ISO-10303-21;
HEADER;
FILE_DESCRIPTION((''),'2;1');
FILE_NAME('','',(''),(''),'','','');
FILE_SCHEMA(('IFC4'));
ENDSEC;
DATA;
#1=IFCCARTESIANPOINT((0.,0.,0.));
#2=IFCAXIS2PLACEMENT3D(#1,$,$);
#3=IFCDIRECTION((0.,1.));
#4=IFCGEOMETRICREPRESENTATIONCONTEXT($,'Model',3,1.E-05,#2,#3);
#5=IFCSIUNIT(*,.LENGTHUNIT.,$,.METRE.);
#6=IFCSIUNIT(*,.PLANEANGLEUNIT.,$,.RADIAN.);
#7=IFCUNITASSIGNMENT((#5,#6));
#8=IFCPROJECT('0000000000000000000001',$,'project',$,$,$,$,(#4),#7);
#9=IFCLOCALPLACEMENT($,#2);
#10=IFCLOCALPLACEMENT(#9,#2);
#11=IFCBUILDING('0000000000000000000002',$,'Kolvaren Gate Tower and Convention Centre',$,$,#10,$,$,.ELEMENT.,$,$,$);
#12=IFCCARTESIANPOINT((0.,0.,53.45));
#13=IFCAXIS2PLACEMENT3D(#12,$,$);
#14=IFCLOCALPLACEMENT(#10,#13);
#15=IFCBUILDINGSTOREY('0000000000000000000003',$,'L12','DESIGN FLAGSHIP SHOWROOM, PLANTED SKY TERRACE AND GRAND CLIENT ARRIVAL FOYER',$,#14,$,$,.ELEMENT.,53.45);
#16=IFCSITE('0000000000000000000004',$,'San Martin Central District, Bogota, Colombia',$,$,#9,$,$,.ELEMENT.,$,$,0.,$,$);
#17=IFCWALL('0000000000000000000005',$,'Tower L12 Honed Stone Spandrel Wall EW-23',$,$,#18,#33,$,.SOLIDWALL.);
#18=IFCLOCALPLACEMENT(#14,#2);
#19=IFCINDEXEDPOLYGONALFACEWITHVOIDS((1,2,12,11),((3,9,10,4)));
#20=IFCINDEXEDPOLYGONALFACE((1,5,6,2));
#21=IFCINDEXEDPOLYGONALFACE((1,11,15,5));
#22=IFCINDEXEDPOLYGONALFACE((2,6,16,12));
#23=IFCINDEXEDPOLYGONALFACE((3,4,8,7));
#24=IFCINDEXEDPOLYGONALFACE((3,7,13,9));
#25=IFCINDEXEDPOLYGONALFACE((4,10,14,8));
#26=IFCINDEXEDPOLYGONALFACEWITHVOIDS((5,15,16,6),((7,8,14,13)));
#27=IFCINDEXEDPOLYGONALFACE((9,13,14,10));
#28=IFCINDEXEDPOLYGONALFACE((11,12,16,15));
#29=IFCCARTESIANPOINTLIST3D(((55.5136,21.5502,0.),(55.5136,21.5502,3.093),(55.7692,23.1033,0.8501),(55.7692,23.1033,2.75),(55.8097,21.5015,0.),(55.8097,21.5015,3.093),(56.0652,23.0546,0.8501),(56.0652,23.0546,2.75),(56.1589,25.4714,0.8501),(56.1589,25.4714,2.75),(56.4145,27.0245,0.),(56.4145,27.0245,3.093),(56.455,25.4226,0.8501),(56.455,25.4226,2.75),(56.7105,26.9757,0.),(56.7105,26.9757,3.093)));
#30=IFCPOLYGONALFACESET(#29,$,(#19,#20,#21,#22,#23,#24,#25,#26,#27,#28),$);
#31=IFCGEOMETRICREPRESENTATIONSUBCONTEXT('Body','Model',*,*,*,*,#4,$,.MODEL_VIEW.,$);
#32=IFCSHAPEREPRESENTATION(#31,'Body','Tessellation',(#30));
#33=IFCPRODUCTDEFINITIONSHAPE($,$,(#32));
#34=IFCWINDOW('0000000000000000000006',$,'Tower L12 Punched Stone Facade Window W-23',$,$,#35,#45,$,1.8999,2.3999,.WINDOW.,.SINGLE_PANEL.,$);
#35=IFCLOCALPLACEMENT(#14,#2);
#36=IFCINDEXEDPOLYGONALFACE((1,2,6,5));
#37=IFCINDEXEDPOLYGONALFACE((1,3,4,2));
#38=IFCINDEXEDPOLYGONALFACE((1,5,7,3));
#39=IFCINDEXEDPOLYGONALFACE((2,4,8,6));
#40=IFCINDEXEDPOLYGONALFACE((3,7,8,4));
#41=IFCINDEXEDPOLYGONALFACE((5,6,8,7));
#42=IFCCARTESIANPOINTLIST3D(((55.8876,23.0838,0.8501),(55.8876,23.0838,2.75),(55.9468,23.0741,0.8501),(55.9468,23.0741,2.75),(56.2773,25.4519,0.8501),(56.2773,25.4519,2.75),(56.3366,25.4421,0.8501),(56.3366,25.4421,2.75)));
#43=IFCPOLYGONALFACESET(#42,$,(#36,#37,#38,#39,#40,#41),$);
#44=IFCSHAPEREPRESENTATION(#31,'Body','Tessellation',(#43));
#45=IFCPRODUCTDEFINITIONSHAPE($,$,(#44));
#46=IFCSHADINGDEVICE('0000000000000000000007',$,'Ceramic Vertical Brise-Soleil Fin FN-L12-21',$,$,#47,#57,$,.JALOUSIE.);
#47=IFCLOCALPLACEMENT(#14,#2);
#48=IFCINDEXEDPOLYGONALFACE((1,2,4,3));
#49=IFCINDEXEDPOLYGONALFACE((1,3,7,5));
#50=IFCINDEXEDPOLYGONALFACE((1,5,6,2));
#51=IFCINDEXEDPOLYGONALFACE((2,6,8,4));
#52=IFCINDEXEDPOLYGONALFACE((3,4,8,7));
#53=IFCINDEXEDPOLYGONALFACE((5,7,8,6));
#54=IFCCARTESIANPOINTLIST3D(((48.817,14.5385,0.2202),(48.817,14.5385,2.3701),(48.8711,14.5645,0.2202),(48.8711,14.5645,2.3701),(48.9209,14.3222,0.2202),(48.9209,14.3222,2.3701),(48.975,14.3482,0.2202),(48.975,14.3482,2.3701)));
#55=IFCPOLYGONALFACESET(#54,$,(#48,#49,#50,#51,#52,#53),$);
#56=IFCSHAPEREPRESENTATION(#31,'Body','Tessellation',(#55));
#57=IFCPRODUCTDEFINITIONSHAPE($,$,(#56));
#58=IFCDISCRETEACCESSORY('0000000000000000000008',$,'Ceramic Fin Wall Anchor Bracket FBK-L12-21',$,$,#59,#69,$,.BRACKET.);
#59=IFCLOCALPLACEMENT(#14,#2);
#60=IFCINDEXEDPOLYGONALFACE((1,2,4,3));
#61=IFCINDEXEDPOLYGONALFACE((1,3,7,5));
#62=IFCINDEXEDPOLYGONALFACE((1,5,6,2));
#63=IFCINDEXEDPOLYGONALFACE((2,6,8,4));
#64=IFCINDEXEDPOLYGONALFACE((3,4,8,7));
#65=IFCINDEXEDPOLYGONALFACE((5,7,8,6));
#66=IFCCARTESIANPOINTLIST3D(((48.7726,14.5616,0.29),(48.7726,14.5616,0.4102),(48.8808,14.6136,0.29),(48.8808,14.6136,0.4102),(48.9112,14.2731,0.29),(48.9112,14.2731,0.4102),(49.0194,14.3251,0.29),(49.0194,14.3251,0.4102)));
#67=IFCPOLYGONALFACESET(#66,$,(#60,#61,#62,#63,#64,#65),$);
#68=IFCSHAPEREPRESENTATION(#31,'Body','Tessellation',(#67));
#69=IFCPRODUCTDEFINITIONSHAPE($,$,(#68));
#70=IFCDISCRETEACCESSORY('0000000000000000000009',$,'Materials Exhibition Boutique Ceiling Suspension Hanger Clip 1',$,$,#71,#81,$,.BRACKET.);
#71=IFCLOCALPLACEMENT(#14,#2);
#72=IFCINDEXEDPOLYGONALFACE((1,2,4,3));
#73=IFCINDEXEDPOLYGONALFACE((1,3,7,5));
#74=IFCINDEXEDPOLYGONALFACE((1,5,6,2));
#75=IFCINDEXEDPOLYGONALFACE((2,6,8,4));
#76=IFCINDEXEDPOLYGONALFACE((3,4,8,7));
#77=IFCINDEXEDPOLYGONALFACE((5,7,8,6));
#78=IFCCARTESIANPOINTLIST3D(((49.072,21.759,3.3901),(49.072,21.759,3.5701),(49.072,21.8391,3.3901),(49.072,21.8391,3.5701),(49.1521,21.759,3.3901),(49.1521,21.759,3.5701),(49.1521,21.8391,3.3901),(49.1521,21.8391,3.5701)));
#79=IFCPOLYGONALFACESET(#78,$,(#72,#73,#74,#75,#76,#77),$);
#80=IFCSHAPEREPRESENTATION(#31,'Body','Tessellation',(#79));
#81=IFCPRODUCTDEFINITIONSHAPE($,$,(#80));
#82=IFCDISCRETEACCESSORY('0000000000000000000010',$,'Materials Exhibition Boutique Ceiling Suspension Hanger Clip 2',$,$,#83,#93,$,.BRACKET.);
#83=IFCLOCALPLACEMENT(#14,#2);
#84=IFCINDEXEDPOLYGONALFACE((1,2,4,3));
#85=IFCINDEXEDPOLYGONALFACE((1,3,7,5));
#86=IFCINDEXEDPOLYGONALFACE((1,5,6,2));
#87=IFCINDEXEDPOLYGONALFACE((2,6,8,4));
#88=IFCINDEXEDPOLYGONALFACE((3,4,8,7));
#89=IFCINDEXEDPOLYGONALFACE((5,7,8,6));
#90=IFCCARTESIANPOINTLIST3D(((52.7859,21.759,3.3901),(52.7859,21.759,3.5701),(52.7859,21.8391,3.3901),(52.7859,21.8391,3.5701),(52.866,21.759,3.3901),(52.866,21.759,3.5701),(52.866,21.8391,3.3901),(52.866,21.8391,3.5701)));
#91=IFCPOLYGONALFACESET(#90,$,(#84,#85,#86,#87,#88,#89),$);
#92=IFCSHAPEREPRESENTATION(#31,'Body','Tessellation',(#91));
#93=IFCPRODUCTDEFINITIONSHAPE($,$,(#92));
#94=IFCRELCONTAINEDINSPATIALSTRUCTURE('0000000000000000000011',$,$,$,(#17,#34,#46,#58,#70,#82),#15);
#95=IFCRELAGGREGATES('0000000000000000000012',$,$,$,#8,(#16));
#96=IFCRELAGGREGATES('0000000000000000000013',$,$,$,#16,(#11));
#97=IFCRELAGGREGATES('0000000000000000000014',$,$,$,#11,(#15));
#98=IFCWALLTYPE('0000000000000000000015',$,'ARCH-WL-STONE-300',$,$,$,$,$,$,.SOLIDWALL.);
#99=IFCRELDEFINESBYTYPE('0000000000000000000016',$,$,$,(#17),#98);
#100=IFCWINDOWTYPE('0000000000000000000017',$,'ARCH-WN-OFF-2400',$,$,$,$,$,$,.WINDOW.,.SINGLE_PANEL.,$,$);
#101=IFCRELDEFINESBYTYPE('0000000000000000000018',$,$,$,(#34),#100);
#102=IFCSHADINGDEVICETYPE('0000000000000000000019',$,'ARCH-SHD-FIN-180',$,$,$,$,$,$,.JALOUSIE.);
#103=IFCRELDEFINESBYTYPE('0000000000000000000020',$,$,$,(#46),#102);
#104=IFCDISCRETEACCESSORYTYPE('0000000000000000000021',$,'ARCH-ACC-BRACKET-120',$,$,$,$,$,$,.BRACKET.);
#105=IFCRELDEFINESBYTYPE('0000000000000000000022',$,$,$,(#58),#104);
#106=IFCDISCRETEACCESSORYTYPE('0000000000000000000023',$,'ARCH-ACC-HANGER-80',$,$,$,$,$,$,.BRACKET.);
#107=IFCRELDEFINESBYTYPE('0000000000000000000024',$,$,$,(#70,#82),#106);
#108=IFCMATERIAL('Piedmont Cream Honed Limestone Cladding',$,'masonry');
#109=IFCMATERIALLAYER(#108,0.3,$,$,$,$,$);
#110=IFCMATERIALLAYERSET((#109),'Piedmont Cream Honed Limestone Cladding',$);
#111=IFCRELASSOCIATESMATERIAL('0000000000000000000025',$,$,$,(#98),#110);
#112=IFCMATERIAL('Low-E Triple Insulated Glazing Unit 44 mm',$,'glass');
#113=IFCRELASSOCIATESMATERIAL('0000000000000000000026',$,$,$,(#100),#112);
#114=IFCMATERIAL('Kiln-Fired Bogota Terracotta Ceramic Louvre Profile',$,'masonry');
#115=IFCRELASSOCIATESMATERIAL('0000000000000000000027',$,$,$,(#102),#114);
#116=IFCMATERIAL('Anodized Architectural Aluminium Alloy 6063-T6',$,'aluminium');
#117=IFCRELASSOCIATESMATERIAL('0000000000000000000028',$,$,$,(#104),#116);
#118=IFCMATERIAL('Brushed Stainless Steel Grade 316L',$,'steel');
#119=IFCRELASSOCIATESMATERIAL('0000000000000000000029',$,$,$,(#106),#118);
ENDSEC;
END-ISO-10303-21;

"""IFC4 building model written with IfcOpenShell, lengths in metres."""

from ifc_helpers import new_model, si_unit, direction, frame, frame_2d, origin, origin_2d, place, context, subcontext, project, spatial, rectangle, extrude, material, layer, layer_set, type_object, element, fill, save


model = new_model("IFC4")

# Units and contexts
model_context = context("Model", 3, precision=1e-05, world=origin(), true_north=direction((0.0, 1.0)))
body_context = subcontext(model_context, "Body", "Model", "MODEL_VIEW")
ifc_project = project(units=[si_unit("LENGTHUNIT", "METRE"), si_unit("PLANEANGLEUNIT", "RADIAN")], contexts=[model_context])

# Site, building, storey
site_placement = place(None, origin())
site = spatial("IfcSite", under=ifc_project, at=site_placement, Name="San Martin Central District, Bogota, Colombia", CompositionType="ELEMENT", RefElevation=0.0)
building_placement = place(site_placement, origin())
building = spatial("IfcBuilding", under=site, at=building_placement, Name="Kolvaren Gate Tower and Convention Centre", CompositionType="ELEMENT")
storey_placement = place(building_placement, frame((0.0, 0.0, 53.45)))
storey = spatial("IfcBuildingStorey", under=building, at=storey_placement, Name="L12", Description="DESIGN FLAGSHIP SHOWROOM, PLANTED SKY TERRACE AND GRAND CLIENT ARRIVAL FOYER", CompositionType="ELEMENT", Elevation=53.45)

# Shared definitions
ifc_material_1 = material(Name="Anodized Architectural Aluminium Alloy 6063-T6", Category="aluminium")

# Shared definitions
ifc_material_2 = material(Name="Low-E Triple Insulated Glazing Unit 44 mm", Category="glass")

# Shared definitions
ifc_material_3 = material(Name="Piedmont Cream Honed Limestone Cladding", Category="masonry")

# Shared definitions
ifc_layer_1 = layer(ifc_material_3, 0.3)
ifc_layer_set_1 = layer_set([ifc_layer_1], Name="Piedmont Cream Honed Limestone Cladding")
wall_type_1 = type_object("IfcWallType", Name="ARCH-WL-STONE-300", PredefinedType="SOLIDWALL", material=ifc_layer_set_1)
window_type = type_object("IfcWindowType", Name="ARCH-WN-OFF-2400", PartitioningType="SINGLE_PANEL", PredefinedType="WINDOW", material=ifc_material_2)

# Wall, opening, window
wall_1_placement = place(storey_placement, frame((55.6616, 21.5259, 0.0), z_axis=(0.0, 0.0, 1.0), x_axis=(0.162386, 0.986727, 0.0)))
wall_1 = element("IfcWall", 1, at=wall_1_placement, inside=storey, type_object=wall_type_1, Name="Tower L12 Honed Stone Spandrel Wall EW-23", PredefinedType="SOLIDWALL", context=body_context, shape_type="SweptSolid", body=[
    extrude(rectangle(XDim=5.5479, YDim=0.3, at=frame_2d((2.7739, 0.0))), origin(), (0.0, 0.0, 1.0), 3.093),
])
opening_1_placement = place(wall_1_placement, frame((1.574, 0.0, 0.8501)))
opening_1 = element("IfcOpeningElement", 2, at=opening_1_placement, cuts=wall_1, PredefinedType="OPENING", context=body_context, shape_type="SweptSolid", body=[
    extrude(rectangle(XDim=2.3999, YDim=1.8999, at=frame_2d((1.2, 0.95))), frame((0.0, 0.1599, 0.0), z_axis=(0.0, -1.0, 0.0), x_axis=(1.0, 0.0, 0.0)), (0.0, 0.0, 1.0), 0.3201),
])
window_1_placement = place(opening_1_placement, origin())
window_1 = element("IfcWindow", 3, at=window_1_placement, inside=storey, type_object=window_type, Name="Tower L12 Punched Stone Facade Window W-23", OverallHeight=1.8999, OverallWidth=2.3999, PartitioningType="SINGLE_PANEL", PredefinedType="WINDOW", context=body_context, shape_type="SweptSolid", body=[
    extrude(rectangle(XDim=2.3999, YDim=1.8999, at=frame_2d((1.2, 0.95))), frame((0.0, 0.03, 0.0), z_axis=(0.0, -1.0, 0.0), x_axis=(1.0, 0.0, 0.0)), (0.0, 0.0, 1.0), 0.0601),
])
fill(opening_1, window_1)

# Shared definitions
ifc_material_4 = material(Name="Brushed Stainless Steel Grade 316L", Category="steel")

# Shading device
ifc_material_5 = material(Name="Kiln-Fired Bogota Terracotta Ceramic Louvre Profile", Category="masonry")
shading_device_type = type_object("IfcShadingDeviceType", Name="ARCH-SHD-FIN-180", PredefinedType="JALOUSIE", material=ifc_material_5)
shading_device_placement = place(storey_placement, frame((48.896, 14.4434, 0.2202), z_axis=(0.0, 0.0, 1.0), x_axis=(0.901358, 0.433076, 0.0)))
element("IfcShadingDevice", 4, at=shading_device_placement, inside=storey, type_object=shading_device_type, Name="Ceramic Vertical Brise-Soleil Fin FN-L12-21", PredefinedType="JALOUSIE", context=body_context, shape_type="SweptSolid", body=[
    extrude(rectangle(XDim=0.0601, YDim=0.24, at=origin_2d()), origin(), (0.0, 0.0, 1.0), 2.1499),
])

# Discrete accessories
discrete_accessory_type_1 = type_object("IfcDiscreteAccessoryType", Name="ARCH-ACC-BRACKET-120", PredefinedType="BRACKET", material=ifc_material_1)
discrete_accessory_placement = place(storey_placement, frame((48.896, 14.4434, 0.29), z_axis=(0.0, 0.0, 1.0), x_axis=(0.901358, 0.433076, 0.0)))
element("IfcDiscreteAccessory", 5, at=discrete_accessory_placement, inside=storey, type_object=discrete_accessory_type_1, Name="Ceramic Fin Wall Anchor Bracket FBK-L12-21", PredefinedType="BRACKET", context=body_context, shape_type="SweptSolid", body=[
    extrude(rectangle(XDim=0.1201, YDim=0.3201, at=origin_2d()), origin(), (0.0, 0.0, 1.0), 0.1201),
])
discrete_accessory_type_2 = type_object("IfcDiscreteAccessoryType", Name="ARCH-ACC-HANGER-80", PredefinedType="BRACKET", material=ifc_material_4)
for number, where, z_axis, x_axis, name in (
    (6, (49.1121, 21.7991, 3.3901), (0.0, 0.0, 1.0), (1.0, 0.0, 0.0), "Materials Exhibition Boutique Ceiling Suspension Hanger Clip 1"),
    (7, (52.8259, 21.7991, 3.3901), (0.0, 0.0, 1.0), (1.0, 0.0, 0.0), "Materials Exhibition Boutique Ceiling Suspension Hanger Clip 2"),
):
    element("IfcDiscreteAccessory", number, at=place(storey_placement, frame(where, z_axis=z_axis, x_axis=x_axis)), inside=storey, type_object=discrete_accessory_type_2, Name=name, PredefinedType="BRACKET", context=body_context, shape_type="SweptSolid", body=[
        extrude(rectangle(XDim=0.0801, YDim=0.0801, at=origin_2d()), origin(), (0.0, 0.0, 1.0), 0.1799),
    ])

save(model, "model.ifc")
